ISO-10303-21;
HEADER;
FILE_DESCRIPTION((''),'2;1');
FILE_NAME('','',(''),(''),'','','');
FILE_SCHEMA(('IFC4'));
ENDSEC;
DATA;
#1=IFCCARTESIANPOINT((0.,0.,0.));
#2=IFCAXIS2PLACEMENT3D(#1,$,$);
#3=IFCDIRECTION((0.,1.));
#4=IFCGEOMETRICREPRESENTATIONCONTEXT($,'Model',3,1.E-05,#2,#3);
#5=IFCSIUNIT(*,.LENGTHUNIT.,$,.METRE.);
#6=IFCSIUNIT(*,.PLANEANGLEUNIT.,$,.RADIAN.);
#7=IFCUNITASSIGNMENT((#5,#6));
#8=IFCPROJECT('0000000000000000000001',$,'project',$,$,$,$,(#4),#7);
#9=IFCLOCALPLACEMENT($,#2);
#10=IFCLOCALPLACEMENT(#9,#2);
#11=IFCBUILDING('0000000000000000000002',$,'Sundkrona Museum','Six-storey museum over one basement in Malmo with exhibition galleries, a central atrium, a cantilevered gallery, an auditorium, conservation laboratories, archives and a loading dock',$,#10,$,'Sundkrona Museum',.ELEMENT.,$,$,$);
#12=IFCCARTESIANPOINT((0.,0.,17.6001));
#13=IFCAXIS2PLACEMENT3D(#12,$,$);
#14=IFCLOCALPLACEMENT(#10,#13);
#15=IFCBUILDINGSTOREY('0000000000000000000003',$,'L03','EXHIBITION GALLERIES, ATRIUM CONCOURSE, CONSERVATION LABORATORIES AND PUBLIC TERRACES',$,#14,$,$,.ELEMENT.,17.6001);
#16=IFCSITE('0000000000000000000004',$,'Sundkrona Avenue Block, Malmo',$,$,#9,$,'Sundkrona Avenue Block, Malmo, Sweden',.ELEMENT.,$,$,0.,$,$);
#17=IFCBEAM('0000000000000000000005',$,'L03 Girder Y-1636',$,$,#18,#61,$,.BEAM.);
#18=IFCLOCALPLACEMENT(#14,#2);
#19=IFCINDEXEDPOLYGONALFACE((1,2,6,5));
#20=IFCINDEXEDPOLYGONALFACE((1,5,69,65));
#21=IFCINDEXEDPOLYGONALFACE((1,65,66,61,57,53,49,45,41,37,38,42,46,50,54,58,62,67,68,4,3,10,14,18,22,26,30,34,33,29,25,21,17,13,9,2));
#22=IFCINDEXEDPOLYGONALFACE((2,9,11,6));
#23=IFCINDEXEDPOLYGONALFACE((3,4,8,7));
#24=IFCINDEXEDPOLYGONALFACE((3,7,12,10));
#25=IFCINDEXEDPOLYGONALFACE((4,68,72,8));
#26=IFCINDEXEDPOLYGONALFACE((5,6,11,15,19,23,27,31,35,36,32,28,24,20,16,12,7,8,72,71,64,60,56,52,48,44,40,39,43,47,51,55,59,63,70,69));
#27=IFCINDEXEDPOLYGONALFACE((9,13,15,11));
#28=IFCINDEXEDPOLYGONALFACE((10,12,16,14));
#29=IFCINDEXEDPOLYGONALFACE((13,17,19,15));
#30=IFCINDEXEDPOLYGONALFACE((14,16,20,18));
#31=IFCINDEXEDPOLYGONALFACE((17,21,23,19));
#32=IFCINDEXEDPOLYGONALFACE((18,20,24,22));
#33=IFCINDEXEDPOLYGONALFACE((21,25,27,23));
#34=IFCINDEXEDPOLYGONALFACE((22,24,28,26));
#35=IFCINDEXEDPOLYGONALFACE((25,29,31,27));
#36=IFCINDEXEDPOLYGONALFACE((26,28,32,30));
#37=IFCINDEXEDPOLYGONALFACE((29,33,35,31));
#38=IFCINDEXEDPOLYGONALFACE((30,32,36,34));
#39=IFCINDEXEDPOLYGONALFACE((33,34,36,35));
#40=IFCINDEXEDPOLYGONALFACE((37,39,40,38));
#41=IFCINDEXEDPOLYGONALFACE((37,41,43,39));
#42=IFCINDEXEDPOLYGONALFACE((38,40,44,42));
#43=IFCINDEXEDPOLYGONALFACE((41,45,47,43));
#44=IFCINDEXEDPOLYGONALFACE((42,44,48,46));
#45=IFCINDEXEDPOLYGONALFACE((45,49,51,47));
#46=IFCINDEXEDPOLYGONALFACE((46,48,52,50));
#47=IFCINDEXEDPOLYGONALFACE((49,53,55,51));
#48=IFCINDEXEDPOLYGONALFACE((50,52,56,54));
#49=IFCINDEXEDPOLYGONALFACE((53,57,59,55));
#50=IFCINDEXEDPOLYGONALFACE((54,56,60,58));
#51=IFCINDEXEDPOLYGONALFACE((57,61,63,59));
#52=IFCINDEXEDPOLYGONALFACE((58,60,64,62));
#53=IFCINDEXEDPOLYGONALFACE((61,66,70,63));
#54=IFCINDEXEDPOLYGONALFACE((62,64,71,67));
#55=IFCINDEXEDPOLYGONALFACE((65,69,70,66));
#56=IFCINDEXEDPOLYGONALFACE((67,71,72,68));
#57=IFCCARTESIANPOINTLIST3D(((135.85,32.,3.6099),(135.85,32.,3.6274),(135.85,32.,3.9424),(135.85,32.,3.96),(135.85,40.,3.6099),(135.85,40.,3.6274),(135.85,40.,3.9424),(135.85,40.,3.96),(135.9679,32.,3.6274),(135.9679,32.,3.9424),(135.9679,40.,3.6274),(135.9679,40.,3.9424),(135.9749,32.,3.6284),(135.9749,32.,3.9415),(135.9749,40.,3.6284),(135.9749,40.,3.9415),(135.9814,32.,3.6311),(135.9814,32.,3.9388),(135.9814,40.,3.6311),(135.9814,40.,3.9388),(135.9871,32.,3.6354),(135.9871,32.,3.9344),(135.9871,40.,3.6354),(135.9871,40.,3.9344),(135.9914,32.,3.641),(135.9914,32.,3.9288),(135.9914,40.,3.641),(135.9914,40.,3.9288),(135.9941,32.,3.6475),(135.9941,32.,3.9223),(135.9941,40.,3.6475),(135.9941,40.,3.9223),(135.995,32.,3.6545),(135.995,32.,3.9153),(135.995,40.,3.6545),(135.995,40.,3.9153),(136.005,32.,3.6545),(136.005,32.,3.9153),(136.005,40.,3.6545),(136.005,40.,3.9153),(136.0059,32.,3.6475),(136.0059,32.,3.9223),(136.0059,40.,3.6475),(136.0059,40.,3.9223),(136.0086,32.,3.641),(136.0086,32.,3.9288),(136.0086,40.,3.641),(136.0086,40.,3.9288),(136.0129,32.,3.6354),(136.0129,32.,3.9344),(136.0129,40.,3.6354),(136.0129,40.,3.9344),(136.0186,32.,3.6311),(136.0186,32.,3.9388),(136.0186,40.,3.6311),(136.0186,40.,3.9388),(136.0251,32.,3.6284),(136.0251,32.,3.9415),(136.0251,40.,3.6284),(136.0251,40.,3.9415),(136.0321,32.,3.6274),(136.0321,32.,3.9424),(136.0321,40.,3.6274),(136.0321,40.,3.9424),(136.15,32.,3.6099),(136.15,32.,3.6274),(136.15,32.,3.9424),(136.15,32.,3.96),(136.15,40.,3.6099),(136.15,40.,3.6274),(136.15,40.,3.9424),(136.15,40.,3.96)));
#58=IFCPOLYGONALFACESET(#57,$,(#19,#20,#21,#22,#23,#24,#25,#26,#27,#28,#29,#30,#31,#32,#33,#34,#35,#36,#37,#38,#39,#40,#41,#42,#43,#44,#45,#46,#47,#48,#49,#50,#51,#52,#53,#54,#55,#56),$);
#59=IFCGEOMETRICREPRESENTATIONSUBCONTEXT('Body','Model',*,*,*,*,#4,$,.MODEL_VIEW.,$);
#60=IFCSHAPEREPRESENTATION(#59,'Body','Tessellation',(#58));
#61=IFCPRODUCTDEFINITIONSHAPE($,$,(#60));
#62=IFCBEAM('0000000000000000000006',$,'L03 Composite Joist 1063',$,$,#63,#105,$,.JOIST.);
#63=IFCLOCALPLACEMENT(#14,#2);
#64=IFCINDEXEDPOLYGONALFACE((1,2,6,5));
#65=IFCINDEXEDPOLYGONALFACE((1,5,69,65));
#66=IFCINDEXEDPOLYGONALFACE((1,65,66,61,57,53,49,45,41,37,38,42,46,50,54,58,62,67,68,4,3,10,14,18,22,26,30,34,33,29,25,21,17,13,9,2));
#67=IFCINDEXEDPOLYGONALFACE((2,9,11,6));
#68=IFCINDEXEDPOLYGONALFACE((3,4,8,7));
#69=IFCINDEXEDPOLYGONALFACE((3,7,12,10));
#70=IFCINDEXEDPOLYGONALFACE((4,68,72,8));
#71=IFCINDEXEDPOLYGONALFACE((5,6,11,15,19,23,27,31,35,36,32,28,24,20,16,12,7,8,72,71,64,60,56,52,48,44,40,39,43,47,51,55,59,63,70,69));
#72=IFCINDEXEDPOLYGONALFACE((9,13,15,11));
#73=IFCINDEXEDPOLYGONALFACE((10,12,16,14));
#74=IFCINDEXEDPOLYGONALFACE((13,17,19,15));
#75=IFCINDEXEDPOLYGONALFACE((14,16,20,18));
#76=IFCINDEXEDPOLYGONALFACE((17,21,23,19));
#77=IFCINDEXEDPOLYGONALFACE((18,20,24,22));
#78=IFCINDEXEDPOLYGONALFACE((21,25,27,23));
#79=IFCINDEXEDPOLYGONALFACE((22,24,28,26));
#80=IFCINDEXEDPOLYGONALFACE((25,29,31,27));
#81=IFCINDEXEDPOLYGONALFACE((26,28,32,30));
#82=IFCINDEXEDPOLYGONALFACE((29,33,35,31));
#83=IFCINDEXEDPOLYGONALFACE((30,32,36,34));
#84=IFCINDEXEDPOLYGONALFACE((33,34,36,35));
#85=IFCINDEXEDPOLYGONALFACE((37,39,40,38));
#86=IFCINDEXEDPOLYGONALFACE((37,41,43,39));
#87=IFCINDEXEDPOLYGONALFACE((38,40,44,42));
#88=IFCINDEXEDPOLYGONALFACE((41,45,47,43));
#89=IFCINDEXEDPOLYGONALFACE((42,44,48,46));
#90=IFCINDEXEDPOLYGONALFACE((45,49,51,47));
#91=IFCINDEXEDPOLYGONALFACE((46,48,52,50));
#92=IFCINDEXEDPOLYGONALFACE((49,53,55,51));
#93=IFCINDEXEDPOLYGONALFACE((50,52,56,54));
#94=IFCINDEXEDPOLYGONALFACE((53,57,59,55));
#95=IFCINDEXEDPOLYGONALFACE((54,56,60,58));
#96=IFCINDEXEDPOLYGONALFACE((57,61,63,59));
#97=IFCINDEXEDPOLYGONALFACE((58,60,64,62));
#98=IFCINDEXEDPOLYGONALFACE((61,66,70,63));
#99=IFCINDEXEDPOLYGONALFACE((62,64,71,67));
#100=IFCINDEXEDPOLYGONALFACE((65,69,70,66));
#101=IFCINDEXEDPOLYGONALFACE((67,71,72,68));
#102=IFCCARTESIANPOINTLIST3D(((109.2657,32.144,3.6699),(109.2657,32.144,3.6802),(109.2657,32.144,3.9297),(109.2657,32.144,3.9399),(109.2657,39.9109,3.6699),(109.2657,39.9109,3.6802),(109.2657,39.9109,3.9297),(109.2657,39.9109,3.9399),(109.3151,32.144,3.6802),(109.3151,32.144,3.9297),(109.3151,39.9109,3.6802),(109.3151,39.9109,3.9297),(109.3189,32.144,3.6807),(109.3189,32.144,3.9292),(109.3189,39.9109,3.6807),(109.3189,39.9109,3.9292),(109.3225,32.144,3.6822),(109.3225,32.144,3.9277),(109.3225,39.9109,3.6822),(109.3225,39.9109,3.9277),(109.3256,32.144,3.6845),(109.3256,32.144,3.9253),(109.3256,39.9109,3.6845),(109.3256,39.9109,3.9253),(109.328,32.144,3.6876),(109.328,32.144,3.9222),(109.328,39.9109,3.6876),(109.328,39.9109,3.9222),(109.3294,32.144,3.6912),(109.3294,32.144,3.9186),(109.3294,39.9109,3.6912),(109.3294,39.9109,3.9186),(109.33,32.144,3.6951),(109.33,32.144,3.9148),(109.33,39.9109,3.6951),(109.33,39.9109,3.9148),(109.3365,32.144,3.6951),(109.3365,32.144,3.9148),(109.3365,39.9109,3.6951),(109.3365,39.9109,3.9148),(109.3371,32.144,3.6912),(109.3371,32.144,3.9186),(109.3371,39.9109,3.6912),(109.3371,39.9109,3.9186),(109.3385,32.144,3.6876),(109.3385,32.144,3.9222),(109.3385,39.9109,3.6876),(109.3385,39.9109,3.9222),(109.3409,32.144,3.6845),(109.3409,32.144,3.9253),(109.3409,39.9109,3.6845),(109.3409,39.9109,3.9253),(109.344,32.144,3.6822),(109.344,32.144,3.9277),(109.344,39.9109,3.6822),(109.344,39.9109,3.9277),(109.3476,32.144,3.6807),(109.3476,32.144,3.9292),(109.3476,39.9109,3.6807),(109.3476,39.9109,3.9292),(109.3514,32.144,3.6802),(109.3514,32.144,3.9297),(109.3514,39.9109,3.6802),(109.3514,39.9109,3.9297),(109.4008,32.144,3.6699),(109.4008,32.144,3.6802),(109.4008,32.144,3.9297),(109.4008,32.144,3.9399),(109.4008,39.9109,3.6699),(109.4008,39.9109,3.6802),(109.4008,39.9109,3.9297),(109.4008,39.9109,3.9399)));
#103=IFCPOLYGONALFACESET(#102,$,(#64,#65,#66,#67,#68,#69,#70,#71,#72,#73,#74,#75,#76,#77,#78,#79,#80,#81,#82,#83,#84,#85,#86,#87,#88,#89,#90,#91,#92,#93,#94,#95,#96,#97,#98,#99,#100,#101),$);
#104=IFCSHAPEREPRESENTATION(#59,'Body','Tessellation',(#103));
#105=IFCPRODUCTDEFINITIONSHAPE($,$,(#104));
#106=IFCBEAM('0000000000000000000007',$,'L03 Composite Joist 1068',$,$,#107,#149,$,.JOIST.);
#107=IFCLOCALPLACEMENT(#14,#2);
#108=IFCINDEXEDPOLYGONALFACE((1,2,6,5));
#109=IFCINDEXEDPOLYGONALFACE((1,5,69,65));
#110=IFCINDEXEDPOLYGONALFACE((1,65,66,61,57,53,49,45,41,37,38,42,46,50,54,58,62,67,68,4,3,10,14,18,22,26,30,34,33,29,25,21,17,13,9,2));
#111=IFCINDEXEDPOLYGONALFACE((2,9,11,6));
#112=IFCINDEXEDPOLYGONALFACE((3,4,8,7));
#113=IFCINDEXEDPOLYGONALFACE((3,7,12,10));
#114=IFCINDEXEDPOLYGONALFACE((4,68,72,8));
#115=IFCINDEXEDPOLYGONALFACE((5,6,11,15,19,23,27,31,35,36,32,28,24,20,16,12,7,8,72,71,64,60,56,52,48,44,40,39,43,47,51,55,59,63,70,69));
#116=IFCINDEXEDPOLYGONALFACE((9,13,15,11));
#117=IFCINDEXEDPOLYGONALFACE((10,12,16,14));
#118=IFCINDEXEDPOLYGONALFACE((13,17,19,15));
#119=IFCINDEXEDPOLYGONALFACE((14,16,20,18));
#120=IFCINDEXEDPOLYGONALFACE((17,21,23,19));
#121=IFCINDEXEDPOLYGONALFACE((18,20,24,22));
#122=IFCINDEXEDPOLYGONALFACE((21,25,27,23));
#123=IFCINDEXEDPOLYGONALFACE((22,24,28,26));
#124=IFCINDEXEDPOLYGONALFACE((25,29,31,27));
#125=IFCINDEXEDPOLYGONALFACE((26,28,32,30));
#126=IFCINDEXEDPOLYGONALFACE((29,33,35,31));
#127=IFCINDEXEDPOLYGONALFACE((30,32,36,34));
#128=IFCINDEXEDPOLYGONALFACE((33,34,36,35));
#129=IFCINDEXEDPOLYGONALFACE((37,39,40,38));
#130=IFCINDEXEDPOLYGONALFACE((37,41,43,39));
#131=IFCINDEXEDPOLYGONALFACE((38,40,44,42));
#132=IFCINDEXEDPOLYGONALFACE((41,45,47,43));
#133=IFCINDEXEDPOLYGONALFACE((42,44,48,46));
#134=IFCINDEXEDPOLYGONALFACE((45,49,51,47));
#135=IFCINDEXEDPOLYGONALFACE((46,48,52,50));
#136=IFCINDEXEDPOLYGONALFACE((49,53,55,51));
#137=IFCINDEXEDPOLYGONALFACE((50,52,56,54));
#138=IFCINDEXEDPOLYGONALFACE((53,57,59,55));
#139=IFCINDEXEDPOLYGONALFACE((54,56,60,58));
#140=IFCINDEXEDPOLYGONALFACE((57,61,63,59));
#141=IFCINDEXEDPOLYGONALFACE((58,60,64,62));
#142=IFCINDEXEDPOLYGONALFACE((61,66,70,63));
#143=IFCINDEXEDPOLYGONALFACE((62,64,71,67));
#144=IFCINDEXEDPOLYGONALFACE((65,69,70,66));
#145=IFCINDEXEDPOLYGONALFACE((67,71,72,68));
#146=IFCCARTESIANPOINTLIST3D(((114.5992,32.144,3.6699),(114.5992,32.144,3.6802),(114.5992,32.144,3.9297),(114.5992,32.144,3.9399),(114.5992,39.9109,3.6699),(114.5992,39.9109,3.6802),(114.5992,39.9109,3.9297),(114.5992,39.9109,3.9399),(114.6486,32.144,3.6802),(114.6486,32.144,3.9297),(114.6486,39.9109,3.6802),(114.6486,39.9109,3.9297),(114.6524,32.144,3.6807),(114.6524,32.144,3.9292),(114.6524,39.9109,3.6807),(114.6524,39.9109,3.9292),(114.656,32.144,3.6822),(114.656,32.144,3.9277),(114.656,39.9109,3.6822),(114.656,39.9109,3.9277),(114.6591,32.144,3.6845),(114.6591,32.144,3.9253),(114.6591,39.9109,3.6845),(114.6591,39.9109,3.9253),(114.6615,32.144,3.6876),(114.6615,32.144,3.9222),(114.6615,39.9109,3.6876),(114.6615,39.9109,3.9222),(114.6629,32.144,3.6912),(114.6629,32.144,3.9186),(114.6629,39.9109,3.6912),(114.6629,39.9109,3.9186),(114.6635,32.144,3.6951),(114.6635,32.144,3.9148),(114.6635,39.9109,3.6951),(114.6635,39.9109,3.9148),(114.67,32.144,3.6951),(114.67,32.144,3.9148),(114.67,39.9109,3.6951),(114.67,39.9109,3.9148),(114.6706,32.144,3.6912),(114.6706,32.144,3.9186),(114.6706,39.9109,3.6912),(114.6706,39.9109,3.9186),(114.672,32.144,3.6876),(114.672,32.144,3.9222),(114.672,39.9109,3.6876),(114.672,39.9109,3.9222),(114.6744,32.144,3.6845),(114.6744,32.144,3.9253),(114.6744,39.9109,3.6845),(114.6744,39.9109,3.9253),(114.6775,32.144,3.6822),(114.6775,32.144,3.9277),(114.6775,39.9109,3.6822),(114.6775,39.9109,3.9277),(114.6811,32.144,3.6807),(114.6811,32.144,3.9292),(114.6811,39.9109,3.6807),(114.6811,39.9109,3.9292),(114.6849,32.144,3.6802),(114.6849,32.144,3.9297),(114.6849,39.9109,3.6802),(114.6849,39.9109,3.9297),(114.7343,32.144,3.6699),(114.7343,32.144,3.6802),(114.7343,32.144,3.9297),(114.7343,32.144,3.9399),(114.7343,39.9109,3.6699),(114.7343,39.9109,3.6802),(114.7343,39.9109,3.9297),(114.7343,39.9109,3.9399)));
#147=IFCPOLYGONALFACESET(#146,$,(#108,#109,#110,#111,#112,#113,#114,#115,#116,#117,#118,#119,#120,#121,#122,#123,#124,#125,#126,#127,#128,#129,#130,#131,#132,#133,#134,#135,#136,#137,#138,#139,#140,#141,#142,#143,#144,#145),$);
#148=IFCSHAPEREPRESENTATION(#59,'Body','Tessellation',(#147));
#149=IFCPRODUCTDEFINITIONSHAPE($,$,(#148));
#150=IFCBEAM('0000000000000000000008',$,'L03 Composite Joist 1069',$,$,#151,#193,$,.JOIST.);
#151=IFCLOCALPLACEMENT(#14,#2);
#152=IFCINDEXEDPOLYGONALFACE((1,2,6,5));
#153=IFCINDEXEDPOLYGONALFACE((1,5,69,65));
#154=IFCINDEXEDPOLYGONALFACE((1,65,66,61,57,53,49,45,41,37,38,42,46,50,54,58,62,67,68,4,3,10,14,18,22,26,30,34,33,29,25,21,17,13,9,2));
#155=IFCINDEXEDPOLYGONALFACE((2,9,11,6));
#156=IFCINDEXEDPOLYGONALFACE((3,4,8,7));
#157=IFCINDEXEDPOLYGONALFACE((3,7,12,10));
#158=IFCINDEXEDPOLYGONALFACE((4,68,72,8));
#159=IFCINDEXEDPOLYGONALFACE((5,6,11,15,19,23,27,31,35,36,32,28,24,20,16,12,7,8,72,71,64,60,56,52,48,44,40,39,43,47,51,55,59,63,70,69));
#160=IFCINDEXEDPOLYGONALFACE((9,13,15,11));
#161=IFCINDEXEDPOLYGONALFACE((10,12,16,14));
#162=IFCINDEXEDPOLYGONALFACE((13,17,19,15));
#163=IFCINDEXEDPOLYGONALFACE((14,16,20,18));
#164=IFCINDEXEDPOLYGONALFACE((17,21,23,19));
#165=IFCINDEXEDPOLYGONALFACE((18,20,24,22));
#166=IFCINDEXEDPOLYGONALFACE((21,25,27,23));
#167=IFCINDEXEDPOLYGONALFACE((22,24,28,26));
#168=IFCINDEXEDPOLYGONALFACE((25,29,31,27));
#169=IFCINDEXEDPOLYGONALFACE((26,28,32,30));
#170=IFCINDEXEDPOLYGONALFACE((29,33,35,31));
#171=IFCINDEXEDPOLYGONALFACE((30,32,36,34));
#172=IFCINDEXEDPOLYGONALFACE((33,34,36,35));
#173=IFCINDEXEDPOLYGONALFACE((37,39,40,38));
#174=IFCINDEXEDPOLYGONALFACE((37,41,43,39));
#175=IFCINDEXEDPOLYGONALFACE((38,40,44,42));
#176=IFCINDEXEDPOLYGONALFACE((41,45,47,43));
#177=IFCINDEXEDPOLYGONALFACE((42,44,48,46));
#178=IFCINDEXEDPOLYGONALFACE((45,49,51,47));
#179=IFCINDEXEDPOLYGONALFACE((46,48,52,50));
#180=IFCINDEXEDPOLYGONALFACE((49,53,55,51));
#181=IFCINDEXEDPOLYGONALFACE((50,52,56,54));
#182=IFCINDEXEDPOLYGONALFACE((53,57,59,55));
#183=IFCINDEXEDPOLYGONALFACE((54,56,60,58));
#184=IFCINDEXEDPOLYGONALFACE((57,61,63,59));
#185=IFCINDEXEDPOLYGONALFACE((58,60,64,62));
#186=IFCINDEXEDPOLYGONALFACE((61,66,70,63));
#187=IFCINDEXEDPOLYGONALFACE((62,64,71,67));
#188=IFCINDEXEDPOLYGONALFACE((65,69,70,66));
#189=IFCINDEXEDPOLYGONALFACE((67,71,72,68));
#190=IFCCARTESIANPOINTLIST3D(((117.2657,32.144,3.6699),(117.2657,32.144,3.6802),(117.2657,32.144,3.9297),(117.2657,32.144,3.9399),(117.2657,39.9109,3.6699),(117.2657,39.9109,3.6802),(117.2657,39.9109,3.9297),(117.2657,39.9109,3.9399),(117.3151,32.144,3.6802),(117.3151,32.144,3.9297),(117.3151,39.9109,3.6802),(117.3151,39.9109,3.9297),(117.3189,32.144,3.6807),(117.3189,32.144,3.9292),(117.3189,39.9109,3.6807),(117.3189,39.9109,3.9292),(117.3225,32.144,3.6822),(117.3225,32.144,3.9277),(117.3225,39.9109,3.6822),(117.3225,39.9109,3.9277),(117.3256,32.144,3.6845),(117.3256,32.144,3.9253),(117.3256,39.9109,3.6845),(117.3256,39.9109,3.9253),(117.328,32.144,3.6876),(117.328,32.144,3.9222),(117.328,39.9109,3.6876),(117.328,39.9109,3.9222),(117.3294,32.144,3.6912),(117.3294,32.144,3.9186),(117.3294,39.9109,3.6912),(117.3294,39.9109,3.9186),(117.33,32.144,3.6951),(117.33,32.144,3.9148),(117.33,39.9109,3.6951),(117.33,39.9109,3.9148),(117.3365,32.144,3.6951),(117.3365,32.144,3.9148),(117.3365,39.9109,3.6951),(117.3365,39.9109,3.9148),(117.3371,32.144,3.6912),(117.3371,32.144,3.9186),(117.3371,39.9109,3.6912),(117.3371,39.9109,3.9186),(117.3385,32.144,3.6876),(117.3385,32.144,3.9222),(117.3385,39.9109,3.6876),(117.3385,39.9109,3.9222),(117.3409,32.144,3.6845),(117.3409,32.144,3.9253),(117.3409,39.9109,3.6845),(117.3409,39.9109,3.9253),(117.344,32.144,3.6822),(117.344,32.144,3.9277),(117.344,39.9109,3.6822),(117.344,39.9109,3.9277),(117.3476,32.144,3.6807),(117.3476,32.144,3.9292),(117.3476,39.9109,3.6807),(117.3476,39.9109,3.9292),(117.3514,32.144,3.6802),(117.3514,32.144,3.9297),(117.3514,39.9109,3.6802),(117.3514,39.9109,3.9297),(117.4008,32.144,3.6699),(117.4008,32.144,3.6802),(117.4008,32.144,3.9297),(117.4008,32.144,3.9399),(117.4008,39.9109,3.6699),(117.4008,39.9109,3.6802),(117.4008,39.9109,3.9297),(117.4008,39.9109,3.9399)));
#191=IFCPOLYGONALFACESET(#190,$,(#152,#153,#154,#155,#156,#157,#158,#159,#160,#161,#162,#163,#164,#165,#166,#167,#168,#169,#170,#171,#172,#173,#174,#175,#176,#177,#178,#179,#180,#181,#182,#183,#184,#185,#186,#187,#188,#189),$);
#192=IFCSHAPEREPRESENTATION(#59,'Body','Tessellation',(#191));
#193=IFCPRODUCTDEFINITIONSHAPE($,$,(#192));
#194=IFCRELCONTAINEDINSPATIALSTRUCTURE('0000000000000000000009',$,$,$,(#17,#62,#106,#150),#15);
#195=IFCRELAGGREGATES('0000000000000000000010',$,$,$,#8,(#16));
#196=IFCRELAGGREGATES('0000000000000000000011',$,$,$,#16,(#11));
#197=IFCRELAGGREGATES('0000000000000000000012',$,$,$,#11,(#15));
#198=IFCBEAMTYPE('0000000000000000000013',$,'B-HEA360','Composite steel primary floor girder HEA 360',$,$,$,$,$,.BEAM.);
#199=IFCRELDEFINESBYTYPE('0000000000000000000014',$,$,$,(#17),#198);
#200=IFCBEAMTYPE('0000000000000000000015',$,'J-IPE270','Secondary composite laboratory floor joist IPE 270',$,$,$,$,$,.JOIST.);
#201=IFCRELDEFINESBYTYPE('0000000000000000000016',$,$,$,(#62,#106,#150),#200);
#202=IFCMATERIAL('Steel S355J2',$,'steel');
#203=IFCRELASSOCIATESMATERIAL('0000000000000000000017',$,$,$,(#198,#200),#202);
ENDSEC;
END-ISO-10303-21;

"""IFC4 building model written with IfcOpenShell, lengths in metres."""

from ifc_helpers import new_model, si_unit, direction, frame, origin, origin_2d, place, context, subcontext, project, spatial, i_section, extrude, material, material_profile, profile_set, type_object, element, save


model = new_model("IFC4")

# Units and contexts
model_context = context("Model", 3, precision=1e-05, world=origin(), true_north=direction((0.0, 1.0)))
body_context = subcontext(model_context, "Body", "Model", "MODEL_VIEW")
ifc_project = project(units=[si_unit("LENGTHUNIT", "METRE"), si_unit("PLANEANGLEUNIT", "RADIAN")], contexts=[model_context])

# Site, building, storey
site_placement = place(None, origin())
site = spatial("IfcSite", under=ifc_project, at=site_placement, Name="Sundkrona Avenue Block, Malmo", LongName="Sundkrona Avenue Block, Malmo, Sweden", CompositionType="ELEMENT", RefElevation=0.0)
building_placement = place(site_placement, origin())
building = spatial("IfcBuilding", under=site, at=building_placement, Name="Sundkrona Museum", Description="Six-storey museum over one basement in Malmo with exhibition galleries, a central atrium, a cantilevered gallery, an auditorium, conservation laboratories, archives and a loading dock", LongName="Sundkrona Museum", CompositionType="ELEMENT")
storey_placement = place(building_placement, frame((0.0, 0.0, 17.6001)))
storey = spatial("IfcBuildingStorey", under=building, at=storey_placement, Name="L03", Description="EXHIBITION GALLERIES, ATRIUM CONCOURSE, CONSERVATION LABORATORIES AND PUBLIC TERRACES", CompositionType="ELEMENT", Elevation=17.6001)

# Shared definitions
ifc_material_1 = material(Name="Steel S355J2", Category="steel")

# Beams
ifc_material_profile_1 = material_profile(ifc_material_1, i_section(OverallWidth=0.3, OverallDepth=0.3501, WebThickness=0.01, FlangeThickness=0.0176, FilletRadius=0.0271, at=origin_2d()), Name="HEA 360")
ifc_profile_set_1 = profile_set([ifc_material_profile_1], Name="Steel S355J2")
beam_type_1 = type_object("IfcBeamType", Name="B-HEA360", Description="Composite steel primary floor girder HEA 360", PredefinedType="BEAM", material=ifc_profile_set_1)
for number, where, z_axis, x_axis, name in (
    (1, (136.0, 32.0, 3.7849), (0.0, 1.0, 0.0), (-1.0, 0.0, 0.0), "L03 Girder Y-1636"),
):
    element("IfcBeam", number, at=place(storey_placement, frame(where, z_axis=z_axis, x_axis=x_axis)), inside=storey, type_object=beam_type_1, Name=name, PredefinedType="BEAM", context=body_context, shape_type="SweptSolid", body=[
        extrude(i_section(OverallWidth=0.3, OverallDepth=0.3501, WebThickness=0.01, FlangeThickness=0.0176, FilletRadius=0.0271, at=origin_2d()), origin(), (0.0, 0.0, 1.0), 8.0),
    ])
ifc_material_profile_2 = material_profile(ifc_material_1, i_section(OverallWidth=0.135, OverallDepth=0.27, WebThickness=0.0066, FlangeThickness=0.0103, FilletRadius=0.0149, at=origin_2d()), Name="IPE 270")
ifc_profile_set_2 = profile_set([ifc_material_profile_2], Name="Steel S355J2")
beam_type_2 = type_object("IfcBeamType", Name="J-IPE270", Description="Secondary composite laboratory floor joist IPE 270", PredefinedType="JOIST", material=ifc_profile_set_2)
for number, where, z_axis, x_axis, name in (
    (2, (109.3333, 32.144, 3.8049), (0.0, 1.0, 0.0), (-1.0, 0.0, 0.0), "L03 Composite Joist 1063"),
    (3, (114.6667, 32.144, 3.8049), (0.0, 1.0, 0.0), (-1.0, 0.0, 0.0), "L03 Composite Joist 1068"),
    (4, (117.3333, 32.144, 3.8049), (0.0, 1.0, 0.0), (-1.0, 0.0, 0.0), "L03 Composite Joist 1069"),
):
    element("IfcBeam", number, at=place(storey_placement, frame(where, z_axis=z_axis, x_axis=x_axis)), inside=storey, type_object=beam_type_2, Name=name, PredefinedType="JOIST", context=body_context, shape_type="SweptSolid", body=[
        extrude(i_section(OverallWidth=0.135, OverallDepth=0.27, WebThickness=0.0066, FlangeThickness=0.0103, FilletRadius=0.0149, at=origin_2d()), origin(), (0.0, 0.0, 1.0), 7.7668),
    ])

save(model, "model.ifc")
